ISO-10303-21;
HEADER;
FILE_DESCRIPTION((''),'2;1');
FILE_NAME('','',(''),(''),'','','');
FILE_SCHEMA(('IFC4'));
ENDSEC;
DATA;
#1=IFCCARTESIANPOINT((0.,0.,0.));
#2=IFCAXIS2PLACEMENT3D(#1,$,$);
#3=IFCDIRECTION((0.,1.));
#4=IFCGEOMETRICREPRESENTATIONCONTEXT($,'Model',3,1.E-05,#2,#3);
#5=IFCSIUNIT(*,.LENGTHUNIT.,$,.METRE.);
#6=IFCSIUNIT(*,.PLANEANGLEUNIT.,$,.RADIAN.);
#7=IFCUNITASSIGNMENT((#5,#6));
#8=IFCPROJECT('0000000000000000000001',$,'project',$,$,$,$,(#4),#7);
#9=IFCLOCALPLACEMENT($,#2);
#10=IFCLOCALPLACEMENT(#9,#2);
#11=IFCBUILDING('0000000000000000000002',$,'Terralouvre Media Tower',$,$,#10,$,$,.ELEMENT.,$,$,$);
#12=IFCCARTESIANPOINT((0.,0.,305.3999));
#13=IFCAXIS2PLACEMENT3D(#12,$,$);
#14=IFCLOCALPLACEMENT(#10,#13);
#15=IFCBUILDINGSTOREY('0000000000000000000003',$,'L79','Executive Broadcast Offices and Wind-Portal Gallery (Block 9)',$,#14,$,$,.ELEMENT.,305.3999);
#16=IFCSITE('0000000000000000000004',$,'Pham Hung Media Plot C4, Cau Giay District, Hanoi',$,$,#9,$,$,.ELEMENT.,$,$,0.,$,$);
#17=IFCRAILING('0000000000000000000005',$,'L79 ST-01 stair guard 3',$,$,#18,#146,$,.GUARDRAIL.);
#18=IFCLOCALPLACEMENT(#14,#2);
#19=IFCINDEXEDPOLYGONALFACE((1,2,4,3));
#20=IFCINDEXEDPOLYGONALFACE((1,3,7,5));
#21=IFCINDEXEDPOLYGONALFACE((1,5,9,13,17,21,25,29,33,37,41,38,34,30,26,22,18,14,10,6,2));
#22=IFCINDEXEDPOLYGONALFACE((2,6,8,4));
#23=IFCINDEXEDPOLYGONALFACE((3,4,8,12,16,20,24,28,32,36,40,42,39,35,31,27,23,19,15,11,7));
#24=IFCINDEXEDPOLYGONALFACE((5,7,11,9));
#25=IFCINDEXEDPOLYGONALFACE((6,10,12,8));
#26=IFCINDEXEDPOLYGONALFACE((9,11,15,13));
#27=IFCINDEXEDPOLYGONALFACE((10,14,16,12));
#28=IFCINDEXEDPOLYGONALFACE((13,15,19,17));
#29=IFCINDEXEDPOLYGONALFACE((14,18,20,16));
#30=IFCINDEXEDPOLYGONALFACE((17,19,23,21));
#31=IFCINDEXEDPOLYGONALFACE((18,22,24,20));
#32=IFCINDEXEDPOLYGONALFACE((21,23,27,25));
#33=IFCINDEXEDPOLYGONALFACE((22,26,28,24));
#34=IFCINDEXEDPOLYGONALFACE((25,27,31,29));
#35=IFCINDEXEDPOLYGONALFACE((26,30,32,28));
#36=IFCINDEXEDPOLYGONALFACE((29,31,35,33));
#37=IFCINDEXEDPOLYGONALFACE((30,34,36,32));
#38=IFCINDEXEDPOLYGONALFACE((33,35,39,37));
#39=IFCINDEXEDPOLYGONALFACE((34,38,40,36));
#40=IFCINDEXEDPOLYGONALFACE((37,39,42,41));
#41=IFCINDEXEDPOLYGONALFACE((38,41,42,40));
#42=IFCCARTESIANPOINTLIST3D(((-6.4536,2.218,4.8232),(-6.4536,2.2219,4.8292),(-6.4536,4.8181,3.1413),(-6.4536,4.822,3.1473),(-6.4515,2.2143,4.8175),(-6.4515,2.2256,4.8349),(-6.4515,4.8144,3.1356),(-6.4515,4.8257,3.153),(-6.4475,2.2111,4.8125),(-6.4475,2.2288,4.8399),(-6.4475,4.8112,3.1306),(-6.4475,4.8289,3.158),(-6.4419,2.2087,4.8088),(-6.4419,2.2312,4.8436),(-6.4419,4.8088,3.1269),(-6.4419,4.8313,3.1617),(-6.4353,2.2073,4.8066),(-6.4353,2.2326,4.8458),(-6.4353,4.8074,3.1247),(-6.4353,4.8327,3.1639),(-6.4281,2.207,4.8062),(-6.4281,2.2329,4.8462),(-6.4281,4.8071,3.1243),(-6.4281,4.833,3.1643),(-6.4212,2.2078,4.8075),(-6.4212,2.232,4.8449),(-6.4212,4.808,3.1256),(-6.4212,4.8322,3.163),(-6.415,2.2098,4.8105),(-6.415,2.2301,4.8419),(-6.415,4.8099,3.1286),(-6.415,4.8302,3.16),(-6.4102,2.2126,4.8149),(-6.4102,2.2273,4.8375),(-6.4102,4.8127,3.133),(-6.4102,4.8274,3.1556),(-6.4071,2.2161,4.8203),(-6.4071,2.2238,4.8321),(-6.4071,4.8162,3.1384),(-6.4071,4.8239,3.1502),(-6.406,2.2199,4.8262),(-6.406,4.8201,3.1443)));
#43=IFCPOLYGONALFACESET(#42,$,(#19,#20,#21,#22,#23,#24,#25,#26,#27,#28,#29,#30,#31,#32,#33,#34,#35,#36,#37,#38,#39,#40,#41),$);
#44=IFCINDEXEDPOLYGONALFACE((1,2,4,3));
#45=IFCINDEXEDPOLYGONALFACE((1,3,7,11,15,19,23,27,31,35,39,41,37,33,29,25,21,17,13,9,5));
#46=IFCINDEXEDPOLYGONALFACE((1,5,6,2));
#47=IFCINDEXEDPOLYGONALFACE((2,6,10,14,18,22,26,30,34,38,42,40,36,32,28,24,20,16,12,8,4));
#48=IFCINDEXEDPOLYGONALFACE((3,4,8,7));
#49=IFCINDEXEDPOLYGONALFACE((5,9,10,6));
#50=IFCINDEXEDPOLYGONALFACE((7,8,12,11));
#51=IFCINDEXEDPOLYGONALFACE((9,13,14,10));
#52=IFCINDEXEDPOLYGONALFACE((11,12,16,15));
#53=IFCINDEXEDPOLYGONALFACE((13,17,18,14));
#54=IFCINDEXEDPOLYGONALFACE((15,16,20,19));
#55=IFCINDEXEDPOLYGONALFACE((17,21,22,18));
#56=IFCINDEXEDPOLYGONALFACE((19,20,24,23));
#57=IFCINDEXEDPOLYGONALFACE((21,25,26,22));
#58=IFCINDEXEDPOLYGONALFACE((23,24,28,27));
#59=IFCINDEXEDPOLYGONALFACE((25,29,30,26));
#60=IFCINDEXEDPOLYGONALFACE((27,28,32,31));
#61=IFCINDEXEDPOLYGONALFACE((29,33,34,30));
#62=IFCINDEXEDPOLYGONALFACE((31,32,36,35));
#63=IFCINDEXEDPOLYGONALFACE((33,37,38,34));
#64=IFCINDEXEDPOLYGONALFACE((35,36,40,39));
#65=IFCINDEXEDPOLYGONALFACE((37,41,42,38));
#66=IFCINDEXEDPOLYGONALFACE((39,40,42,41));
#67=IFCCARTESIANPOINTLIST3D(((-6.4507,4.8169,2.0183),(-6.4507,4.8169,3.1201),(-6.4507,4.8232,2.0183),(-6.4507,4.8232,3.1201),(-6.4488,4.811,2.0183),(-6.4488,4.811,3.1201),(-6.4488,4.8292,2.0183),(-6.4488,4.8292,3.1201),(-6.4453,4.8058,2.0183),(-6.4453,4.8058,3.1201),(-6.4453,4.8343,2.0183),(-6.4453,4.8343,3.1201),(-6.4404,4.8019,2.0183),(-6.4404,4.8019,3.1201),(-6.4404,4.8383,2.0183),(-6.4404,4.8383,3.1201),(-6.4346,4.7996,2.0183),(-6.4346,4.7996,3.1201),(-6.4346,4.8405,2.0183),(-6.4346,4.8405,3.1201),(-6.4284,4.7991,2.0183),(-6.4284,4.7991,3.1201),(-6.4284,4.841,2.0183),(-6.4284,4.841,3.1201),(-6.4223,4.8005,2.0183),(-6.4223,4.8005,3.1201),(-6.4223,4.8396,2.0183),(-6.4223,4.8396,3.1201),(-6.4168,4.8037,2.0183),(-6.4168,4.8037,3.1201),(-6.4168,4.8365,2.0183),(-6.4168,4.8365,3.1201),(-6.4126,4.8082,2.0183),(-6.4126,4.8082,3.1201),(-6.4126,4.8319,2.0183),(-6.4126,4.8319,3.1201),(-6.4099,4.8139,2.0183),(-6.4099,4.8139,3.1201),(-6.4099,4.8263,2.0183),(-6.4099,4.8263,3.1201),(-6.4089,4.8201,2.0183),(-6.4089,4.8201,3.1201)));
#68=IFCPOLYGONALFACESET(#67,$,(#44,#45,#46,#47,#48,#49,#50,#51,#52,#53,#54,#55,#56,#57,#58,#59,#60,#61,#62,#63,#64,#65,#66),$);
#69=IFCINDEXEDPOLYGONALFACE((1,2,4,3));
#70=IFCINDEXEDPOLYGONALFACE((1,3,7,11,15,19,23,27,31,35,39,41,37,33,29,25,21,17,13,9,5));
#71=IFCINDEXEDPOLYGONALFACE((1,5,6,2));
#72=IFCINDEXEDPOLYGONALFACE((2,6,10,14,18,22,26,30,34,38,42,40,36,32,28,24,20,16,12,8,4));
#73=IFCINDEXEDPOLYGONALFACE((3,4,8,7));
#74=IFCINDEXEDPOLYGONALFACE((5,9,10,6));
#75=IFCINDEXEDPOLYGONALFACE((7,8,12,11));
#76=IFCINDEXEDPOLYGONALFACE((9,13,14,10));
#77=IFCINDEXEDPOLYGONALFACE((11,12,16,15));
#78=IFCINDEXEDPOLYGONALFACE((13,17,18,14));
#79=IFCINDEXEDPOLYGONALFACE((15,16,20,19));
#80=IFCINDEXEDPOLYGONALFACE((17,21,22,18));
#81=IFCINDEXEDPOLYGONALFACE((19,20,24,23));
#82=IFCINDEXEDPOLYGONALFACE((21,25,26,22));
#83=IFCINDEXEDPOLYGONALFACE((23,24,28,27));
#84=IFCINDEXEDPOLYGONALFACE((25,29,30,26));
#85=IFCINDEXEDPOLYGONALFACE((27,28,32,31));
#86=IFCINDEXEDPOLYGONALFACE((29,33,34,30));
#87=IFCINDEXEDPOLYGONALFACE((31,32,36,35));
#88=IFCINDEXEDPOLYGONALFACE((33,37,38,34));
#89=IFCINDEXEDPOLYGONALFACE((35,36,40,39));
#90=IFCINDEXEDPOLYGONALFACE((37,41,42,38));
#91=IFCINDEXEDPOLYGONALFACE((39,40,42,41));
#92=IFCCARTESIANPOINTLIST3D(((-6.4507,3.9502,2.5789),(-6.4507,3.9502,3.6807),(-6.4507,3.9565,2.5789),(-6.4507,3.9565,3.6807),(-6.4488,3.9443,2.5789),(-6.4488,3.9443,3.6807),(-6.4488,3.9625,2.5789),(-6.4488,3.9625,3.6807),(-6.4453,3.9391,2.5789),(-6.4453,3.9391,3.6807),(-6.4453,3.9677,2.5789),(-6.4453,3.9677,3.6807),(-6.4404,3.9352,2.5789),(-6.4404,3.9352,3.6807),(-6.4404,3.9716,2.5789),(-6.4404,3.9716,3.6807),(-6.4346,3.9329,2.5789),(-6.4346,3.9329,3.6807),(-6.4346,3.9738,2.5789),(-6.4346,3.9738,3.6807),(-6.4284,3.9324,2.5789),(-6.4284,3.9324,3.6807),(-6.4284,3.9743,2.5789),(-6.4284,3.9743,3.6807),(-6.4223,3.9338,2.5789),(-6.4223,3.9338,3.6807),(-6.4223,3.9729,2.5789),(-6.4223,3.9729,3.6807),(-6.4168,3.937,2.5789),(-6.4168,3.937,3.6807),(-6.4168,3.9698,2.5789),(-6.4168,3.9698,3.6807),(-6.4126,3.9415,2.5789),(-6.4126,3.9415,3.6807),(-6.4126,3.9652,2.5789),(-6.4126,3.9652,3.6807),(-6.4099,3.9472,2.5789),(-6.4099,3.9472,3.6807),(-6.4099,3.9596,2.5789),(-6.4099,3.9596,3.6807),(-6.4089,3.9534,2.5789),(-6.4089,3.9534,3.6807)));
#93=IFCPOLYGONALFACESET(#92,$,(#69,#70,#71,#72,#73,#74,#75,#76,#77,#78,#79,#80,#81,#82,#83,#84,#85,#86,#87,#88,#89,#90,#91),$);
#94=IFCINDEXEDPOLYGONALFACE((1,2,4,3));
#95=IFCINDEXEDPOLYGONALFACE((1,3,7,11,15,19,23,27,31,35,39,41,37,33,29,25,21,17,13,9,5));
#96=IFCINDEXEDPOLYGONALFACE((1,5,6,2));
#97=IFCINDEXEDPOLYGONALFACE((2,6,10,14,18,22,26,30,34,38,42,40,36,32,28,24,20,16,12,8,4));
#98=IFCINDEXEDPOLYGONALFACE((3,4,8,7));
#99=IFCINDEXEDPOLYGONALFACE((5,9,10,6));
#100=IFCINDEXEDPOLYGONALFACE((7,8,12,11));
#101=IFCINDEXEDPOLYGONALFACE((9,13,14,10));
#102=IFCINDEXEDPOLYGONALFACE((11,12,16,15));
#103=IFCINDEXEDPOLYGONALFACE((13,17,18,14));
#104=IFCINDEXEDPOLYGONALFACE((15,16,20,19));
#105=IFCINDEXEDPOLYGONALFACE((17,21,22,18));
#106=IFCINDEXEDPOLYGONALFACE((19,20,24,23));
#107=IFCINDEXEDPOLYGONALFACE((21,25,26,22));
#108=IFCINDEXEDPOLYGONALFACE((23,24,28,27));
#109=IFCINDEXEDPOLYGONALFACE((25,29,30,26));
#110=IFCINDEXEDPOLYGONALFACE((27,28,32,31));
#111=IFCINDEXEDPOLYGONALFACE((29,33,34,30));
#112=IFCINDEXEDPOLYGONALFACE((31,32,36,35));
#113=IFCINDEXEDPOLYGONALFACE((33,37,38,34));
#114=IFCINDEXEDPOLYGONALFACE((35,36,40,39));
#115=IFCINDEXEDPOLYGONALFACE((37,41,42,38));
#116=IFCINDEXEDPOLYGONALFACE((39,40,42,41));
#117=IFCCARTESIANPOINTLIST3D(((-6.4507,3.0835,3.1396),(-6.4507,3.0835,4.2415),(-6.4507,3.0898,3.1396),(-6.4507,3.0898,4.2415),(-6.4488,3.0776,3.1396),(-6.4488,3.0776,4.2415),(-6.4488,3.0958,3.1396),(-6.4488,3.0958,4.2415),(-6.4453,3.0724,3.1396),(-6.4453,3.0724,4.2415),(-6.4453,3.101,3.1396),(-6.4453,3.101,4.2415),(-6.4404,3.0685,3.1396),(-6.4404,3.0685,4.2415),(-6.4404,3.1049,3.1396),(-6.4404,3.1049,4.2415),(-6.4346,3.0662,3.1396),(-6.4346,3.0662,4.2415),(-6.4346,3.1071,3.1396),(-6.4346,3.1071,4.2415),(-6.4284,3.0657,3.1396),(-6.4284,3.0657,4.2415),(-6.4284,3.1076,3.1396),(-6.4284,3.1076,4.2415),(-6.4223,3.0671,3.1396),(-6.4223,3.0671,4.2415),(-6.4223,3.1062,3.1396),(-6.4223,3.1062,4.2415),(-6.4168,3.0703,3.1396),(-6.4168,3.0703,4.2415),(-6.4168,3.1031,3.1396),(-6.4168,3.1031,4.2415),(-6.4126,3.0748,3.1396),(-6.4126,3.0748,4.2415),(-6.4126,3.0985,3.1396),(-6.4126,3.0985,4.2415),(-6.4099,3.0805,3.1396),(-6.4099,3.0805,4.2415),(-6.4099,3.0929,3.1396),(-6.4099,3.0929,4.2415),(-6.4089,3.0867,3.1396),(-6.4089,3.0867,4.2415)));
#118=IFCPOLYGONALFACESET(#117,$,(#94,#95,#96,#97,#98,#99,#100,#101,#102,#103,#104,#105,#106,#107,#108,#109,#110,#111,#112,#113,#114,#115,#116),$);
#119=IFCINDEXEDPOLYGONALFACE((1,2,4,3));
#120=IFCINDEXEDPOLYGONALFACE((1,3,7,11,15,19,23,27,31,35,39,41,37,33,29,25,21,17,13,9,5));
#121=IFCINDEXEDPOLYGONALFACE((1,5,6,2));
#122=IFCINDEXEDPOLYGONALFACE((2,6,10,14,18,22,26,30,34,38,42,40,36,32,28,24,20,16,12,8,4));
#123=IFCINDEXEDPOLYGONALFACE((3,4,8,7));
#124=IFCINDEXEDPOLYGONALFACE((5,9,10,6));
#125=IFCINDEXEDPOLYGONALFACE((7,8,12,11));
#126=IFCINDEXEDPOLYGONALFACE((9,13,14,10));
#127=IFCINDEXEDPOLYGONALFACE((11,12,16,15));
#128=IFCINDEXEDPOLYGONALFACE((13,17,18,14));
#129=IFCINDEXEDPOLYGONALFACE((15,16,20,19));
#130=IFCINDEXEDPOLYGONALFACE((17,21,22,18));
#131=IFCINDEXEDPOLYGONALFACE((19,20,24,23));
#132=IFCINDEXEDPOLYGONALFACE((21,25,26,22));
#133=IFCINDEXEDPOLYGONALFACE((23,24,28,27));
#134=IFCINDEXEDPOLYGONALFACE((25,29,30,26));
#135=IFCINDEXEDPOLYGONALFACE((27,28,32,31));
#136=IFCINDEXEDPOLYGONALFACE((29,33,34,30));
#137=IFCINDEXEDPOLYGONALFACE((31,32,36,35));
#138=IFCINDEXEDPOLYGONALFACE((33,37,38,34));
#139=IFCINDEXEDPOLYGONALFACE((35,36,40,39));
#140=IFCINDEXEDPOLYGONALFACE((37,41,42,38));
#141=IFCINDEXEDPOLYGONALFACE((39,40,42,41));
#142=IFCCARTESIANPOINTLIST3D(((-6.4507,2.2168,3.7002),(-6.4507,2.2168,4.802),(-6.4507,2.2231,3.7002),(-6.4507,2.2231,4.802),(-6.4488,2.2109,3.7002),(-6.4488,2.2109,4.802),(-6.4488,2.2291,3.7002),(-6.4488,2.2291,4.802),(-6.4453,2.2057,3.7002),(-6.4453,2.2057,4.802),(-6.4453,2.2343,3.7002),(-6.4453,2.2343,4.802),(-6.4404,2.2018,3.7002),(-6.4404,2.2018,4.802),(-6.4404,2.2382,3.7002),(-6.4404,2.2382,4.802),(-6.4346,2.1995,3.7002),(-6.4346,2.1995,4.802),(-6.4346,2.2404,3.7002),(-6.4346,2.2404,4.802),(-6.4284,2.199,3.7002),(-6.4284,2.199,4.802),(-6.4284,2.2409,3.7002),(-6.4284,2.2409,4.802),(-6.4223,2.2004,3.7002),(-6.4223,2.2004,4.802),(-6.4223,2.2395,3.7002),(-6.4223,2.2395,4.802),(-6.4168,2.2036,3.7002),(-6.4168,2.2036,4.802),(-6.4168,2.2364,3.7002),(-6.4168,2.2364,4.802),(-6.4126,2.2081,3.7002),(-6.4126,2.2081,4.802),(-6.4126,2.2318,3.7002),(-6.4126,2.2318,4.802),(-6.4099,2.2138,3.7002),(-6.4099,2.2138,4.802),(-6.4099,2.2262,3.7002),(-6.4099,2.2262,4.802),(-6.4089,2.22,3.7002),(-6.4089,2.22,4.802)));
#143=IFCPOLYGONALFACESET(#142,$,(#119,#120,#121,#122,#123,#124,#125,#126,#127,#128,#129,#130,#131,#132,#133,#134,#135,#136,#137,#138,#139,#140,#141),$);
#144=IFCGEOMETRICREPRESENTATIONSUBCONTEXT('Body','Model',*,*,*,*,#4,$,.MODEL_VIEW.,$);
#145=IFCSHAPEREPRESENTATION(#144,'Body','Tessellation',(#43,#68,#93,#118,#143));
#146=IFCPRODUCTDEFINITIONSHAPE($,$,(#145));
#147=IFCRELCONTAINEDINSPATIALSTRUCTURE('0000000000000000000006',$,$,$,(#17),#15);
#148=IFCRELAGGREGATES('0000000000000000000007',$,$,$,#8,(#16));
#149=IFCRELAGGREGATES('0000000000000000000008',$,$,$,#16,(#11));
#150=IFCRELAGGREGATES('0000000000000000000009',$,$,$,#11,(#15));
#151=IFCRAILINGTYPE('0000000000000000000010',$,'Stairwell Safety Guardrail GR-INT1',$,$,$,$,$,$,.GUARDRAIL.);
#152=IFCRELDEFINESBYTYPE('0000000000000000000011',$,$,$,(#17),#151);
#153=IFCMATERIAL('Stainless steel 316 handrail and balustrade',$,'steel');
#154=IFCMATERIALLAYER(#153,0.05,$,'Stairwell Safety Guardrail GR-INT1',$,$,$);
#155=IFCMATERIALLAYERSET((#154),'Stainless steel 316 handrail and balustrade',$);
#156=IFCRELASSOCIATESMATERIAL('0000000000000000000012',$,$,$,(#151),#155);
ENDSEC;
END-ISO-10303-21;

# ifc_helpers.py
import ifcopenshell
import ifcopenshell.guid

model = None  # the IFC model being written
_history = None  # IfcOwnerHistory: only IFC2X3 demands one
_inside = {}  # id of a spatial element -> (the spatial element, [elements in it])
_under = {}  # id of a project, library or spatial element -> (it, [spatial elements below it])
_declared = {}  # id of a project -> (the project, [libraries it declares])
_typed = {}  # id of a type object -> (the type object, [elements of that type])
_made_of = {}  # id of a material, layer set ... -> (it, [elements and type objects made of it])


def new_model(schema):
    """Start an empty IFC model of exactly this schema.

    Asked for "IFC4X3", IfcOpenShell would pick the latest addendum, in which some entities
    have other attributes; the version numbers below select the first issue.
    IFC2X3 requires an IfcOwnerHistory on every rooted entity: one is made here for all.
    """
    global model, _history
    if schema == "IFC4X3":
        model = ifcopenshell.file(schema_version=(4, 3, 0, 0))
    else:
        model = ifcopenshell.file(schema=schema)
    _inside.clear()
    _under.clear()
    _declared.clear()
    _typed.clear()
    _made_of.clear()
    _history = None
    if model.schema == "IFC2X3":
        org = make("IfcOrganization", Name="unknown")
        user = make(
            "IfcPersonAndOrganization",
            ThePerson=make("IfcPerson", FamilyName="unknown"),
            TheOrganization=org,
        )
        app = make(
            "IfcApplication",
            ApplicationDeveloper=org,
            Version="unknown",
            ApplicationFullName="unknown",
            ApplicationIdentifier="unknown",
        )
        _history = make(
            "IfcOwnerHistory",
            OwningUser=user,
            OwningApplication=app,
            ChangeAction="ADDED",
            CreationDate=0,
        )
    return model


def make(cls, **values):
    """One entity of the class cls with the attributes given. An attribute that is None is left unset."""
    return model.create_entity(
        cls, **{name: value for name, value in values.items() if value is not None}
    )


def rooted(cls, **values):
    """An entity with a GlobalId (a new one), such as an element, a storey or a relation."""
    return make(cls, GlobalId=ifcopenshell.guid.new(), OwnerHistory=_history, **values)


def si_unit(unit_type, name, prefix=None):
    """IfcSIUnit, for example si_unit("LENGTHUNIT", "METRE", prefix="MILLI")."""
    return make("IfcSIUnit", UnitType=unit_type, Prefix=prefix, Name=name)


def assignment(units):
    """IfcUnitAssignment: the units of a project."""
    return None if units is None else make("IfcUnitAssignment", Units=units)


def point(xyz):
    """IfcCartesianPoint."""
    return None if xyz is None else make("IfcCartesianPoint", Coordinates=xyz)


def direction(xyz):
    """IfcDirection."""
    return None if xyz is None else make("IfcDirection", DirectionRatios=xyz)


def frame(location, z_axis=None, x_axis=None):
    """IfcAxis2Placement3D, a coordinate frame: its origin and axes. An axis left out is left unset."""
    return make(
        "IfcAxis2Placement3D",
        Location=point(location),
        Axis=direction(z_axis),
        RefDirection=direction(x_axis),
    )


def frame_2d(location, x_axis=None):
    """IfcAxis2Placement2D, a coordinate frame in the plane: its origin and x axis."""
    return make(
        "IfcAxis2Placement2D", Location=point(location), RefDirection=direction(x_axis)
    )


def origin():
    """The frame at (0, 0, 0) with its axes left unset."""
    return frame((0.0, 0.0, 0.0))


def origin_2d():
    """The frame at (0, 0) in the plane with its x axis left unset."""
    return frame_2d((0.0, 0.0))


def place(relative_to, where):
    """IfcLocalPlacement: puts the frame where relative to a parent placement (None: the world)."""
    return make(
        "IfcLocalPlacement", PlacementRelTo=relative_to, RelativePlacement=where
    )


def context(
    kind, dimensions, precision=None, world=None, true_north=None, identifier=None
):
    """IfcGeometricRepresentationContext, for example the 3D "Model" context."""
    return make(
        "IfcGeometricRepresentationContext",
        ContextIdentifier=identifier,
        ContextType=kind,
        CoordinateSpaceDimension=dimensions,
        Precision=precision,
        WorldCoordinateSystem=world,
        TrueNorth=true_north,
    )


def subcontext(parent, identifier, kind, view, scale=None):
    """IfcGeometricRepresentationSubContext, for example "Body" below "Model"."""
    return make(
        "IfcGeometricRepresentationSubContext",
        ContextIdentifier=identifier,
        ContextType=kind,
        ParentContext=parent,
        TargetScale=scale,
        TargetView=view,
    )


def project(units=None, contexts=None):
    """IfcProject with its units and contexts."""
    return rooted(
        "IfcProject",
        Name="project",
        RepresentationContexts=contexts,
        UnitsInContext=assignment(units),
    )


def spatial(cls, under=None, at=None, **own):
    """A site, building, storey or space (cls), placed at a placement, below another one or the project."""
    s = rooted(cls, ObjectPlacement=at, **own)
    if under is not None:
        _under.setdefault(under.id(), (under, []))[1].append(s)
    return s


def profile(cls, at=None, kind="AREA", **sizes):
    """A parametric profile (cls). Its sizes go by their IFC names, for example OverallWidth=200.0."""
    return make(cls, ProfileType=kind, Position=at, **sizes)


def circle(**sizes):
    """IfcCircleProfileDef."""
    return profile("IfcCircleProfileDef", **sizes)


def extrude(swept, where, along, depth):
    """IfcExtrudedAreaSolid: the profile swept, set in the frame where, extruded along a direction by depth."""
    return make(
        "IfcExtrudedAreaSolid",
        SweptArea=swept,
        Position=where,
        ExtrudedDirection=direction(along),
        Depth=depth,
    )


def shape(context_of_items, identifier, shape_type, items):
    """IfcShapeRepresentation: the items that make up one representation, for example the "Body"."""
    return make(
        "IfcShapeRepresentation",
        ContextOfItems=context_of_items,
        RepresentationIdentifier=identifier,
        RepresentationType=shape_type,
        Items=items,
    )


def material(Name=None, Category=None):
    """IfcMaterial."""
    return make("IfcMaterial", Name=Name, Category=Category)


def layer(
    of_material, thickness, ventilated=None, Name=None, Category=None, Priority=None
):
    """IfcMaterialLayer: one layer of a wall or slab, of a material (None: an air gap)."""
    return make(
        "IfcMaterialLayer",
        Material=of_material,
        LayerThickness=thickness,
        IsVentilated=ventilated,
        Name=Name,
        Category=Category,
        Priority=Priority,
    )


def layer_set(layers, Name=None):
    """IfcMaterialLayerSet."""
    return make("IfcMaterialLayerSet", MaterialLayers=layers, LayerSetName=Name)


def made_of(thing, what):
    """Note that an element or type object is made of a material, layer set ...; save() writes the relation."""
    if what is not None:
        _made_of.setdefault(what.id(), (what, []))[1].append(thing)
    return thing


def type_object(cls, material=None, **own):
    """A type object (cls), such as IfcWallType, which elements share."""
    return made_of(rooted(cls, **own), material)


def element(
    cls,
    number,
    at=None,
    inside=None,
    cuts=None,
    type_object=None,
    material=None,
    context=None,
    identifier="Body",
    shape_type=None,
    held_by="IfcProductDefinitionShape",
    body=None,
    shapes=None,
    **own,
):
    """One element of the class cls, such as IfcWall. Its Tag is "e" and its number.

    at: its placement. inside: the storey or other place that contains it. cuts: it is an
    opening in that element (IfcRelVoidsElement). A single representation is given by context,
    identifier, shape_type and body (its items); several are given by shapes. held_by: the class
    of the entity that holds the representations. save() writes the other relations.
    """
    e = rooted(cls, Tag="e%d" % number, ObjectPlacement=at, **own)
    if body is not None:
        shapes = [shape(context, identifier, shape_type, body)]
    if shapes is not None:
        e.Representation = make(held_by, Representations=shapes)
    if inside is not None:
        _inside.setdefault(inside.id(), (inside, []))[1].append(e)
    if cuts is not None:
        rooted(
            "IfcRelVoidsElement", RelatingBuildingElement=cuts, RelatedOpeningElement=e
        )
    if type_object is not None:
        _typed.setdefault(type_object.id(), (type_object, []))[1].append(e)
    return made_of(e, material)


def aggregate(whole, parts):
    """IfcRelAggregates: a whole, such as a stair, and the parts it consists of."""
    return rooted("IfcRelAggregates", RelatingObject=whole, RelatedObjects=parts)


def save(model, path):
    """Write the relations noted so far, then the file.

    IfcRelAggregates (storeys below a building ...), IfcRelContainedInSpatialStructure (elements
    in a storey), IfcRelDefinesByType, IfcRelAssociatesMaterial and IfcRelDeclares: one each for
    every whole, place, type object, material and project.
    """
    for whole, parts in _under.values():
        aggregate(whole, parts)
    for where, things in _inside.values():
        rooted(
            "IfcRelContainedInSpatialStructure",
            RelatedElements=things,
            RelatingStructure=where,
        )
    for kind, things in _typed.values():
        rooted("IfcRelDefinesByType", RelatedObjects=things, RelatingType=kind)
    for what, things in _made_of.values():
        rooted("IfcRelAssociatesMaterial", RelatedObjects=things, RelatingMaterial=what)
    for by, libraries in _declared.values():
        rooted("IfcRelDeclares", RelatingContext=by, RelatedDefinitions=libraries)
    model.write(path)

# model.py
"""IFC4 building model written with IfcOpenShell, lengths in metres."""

from ifc_helpers import new_model, si_unit, direction, frame, origin, origin_2d, place, context, subcontext, project, spatial, circle, extrude, material, layer, layer_set, type_object, element, save


model = new_model("IFC4")

# Units and contexts
model_context = context("Model", 3, precision=1e-05, world=origin(), true_north=direction((0.0, 1.0)))
body_context = subcontext(model_context, "Body", "Model", "MODEL_VIEW")
ifc_project = project(units=[si_unit("LENGTHUNIT", "METRE"), si_unit("PLANEANGLEUNIT", "RADIAN")], contexts=[model_context])

# Site, building, storey
site_placement = place(None, origin())
site = spatial("IfcSite", under=ifc_project, at=site_placement, Name="Pham Hung Media Plot C4, Cau Giay District, Hanoi", CompositionType="ELEMENT", RefElevation=0.0)
building_placement = place(site_placement, origin())
building = spatial("IfcBuilding", under=site, at=building_placement, Name="Terralouvre Media Tower", CompositionType="ELEMENT")
storey_placement = place(building_placement, frame((0.0, 0.0, 305.3999)))
storey = spatial("IfcBuildingStorey", under=building, at=storey_placement, Name="L79", Description="Executive Broadcast Offices and Wind-Portal Gallery (Block 9)", CompositionType="ELEMENT", Elevation=305.3999)

# Railing
ifc_material_1 = material(Name="Stainless steel 316 handrail and balustrade", Category="steel")
ifc_layer_1 = layer(ifc_material_1, 0.05, Name="Stairwell Safety Guardrail GR-INT1")
ifc_layer_set_1 = layer_set([ifc_layer_1], Name="Stainless steel 316 handrail and balustrade")
railing_type = type_object("IfcRailingType", Name="Stairwell Safety Guardrail GR-INT1", PredefinedType="GUARDRAIL", material=ifc_layer_set_1)
railing_1_placement = place(storey_placement, frame((-6.4299, 4.8201, 2.0183)))
element("IfcRailing", 1, at=railing_1_placement, inside=storey, type_object=railing_type, Name="L79 ST-01 stair guard 3", PredefinedType="GUARDRAIL", context=body_context, shape_type="SweptSolid", body=[
    extrude(circle(Radius=0.0239, at=origin_2d()), frame((0.0, 0.0, 1.126), z_axis=(0.0, -0.839648, 0.54313), x_axis=(1.0, 0.0, 0.0)), (0.0, 0.0, 1.0), 3.0967),
    extrude(circle(Radius=0.021, at=origin_2d()), origin(), (0.0, 0.0, 1.0), 1.1018),
    extrude(circle(Radius=0.021, at=origin_2d()), frame((0.0, -0.8667, 0.5605)), (0.0, 0.0, 1.0), 1.1018),
    extrude(circle(Radius=0.021, at=origin_2d()), frame((0.0, -1.7334, 1.1213)), (0.0, 0.0, 1.0), 1.1018),
    extrude(circle(Radius=0.021, at=origin_2d()), frame((0.0, -2.6001, 1.6819)), (0.0, 0.0, 1.0), 1.1018),
])

save(model, "model.ifc")
